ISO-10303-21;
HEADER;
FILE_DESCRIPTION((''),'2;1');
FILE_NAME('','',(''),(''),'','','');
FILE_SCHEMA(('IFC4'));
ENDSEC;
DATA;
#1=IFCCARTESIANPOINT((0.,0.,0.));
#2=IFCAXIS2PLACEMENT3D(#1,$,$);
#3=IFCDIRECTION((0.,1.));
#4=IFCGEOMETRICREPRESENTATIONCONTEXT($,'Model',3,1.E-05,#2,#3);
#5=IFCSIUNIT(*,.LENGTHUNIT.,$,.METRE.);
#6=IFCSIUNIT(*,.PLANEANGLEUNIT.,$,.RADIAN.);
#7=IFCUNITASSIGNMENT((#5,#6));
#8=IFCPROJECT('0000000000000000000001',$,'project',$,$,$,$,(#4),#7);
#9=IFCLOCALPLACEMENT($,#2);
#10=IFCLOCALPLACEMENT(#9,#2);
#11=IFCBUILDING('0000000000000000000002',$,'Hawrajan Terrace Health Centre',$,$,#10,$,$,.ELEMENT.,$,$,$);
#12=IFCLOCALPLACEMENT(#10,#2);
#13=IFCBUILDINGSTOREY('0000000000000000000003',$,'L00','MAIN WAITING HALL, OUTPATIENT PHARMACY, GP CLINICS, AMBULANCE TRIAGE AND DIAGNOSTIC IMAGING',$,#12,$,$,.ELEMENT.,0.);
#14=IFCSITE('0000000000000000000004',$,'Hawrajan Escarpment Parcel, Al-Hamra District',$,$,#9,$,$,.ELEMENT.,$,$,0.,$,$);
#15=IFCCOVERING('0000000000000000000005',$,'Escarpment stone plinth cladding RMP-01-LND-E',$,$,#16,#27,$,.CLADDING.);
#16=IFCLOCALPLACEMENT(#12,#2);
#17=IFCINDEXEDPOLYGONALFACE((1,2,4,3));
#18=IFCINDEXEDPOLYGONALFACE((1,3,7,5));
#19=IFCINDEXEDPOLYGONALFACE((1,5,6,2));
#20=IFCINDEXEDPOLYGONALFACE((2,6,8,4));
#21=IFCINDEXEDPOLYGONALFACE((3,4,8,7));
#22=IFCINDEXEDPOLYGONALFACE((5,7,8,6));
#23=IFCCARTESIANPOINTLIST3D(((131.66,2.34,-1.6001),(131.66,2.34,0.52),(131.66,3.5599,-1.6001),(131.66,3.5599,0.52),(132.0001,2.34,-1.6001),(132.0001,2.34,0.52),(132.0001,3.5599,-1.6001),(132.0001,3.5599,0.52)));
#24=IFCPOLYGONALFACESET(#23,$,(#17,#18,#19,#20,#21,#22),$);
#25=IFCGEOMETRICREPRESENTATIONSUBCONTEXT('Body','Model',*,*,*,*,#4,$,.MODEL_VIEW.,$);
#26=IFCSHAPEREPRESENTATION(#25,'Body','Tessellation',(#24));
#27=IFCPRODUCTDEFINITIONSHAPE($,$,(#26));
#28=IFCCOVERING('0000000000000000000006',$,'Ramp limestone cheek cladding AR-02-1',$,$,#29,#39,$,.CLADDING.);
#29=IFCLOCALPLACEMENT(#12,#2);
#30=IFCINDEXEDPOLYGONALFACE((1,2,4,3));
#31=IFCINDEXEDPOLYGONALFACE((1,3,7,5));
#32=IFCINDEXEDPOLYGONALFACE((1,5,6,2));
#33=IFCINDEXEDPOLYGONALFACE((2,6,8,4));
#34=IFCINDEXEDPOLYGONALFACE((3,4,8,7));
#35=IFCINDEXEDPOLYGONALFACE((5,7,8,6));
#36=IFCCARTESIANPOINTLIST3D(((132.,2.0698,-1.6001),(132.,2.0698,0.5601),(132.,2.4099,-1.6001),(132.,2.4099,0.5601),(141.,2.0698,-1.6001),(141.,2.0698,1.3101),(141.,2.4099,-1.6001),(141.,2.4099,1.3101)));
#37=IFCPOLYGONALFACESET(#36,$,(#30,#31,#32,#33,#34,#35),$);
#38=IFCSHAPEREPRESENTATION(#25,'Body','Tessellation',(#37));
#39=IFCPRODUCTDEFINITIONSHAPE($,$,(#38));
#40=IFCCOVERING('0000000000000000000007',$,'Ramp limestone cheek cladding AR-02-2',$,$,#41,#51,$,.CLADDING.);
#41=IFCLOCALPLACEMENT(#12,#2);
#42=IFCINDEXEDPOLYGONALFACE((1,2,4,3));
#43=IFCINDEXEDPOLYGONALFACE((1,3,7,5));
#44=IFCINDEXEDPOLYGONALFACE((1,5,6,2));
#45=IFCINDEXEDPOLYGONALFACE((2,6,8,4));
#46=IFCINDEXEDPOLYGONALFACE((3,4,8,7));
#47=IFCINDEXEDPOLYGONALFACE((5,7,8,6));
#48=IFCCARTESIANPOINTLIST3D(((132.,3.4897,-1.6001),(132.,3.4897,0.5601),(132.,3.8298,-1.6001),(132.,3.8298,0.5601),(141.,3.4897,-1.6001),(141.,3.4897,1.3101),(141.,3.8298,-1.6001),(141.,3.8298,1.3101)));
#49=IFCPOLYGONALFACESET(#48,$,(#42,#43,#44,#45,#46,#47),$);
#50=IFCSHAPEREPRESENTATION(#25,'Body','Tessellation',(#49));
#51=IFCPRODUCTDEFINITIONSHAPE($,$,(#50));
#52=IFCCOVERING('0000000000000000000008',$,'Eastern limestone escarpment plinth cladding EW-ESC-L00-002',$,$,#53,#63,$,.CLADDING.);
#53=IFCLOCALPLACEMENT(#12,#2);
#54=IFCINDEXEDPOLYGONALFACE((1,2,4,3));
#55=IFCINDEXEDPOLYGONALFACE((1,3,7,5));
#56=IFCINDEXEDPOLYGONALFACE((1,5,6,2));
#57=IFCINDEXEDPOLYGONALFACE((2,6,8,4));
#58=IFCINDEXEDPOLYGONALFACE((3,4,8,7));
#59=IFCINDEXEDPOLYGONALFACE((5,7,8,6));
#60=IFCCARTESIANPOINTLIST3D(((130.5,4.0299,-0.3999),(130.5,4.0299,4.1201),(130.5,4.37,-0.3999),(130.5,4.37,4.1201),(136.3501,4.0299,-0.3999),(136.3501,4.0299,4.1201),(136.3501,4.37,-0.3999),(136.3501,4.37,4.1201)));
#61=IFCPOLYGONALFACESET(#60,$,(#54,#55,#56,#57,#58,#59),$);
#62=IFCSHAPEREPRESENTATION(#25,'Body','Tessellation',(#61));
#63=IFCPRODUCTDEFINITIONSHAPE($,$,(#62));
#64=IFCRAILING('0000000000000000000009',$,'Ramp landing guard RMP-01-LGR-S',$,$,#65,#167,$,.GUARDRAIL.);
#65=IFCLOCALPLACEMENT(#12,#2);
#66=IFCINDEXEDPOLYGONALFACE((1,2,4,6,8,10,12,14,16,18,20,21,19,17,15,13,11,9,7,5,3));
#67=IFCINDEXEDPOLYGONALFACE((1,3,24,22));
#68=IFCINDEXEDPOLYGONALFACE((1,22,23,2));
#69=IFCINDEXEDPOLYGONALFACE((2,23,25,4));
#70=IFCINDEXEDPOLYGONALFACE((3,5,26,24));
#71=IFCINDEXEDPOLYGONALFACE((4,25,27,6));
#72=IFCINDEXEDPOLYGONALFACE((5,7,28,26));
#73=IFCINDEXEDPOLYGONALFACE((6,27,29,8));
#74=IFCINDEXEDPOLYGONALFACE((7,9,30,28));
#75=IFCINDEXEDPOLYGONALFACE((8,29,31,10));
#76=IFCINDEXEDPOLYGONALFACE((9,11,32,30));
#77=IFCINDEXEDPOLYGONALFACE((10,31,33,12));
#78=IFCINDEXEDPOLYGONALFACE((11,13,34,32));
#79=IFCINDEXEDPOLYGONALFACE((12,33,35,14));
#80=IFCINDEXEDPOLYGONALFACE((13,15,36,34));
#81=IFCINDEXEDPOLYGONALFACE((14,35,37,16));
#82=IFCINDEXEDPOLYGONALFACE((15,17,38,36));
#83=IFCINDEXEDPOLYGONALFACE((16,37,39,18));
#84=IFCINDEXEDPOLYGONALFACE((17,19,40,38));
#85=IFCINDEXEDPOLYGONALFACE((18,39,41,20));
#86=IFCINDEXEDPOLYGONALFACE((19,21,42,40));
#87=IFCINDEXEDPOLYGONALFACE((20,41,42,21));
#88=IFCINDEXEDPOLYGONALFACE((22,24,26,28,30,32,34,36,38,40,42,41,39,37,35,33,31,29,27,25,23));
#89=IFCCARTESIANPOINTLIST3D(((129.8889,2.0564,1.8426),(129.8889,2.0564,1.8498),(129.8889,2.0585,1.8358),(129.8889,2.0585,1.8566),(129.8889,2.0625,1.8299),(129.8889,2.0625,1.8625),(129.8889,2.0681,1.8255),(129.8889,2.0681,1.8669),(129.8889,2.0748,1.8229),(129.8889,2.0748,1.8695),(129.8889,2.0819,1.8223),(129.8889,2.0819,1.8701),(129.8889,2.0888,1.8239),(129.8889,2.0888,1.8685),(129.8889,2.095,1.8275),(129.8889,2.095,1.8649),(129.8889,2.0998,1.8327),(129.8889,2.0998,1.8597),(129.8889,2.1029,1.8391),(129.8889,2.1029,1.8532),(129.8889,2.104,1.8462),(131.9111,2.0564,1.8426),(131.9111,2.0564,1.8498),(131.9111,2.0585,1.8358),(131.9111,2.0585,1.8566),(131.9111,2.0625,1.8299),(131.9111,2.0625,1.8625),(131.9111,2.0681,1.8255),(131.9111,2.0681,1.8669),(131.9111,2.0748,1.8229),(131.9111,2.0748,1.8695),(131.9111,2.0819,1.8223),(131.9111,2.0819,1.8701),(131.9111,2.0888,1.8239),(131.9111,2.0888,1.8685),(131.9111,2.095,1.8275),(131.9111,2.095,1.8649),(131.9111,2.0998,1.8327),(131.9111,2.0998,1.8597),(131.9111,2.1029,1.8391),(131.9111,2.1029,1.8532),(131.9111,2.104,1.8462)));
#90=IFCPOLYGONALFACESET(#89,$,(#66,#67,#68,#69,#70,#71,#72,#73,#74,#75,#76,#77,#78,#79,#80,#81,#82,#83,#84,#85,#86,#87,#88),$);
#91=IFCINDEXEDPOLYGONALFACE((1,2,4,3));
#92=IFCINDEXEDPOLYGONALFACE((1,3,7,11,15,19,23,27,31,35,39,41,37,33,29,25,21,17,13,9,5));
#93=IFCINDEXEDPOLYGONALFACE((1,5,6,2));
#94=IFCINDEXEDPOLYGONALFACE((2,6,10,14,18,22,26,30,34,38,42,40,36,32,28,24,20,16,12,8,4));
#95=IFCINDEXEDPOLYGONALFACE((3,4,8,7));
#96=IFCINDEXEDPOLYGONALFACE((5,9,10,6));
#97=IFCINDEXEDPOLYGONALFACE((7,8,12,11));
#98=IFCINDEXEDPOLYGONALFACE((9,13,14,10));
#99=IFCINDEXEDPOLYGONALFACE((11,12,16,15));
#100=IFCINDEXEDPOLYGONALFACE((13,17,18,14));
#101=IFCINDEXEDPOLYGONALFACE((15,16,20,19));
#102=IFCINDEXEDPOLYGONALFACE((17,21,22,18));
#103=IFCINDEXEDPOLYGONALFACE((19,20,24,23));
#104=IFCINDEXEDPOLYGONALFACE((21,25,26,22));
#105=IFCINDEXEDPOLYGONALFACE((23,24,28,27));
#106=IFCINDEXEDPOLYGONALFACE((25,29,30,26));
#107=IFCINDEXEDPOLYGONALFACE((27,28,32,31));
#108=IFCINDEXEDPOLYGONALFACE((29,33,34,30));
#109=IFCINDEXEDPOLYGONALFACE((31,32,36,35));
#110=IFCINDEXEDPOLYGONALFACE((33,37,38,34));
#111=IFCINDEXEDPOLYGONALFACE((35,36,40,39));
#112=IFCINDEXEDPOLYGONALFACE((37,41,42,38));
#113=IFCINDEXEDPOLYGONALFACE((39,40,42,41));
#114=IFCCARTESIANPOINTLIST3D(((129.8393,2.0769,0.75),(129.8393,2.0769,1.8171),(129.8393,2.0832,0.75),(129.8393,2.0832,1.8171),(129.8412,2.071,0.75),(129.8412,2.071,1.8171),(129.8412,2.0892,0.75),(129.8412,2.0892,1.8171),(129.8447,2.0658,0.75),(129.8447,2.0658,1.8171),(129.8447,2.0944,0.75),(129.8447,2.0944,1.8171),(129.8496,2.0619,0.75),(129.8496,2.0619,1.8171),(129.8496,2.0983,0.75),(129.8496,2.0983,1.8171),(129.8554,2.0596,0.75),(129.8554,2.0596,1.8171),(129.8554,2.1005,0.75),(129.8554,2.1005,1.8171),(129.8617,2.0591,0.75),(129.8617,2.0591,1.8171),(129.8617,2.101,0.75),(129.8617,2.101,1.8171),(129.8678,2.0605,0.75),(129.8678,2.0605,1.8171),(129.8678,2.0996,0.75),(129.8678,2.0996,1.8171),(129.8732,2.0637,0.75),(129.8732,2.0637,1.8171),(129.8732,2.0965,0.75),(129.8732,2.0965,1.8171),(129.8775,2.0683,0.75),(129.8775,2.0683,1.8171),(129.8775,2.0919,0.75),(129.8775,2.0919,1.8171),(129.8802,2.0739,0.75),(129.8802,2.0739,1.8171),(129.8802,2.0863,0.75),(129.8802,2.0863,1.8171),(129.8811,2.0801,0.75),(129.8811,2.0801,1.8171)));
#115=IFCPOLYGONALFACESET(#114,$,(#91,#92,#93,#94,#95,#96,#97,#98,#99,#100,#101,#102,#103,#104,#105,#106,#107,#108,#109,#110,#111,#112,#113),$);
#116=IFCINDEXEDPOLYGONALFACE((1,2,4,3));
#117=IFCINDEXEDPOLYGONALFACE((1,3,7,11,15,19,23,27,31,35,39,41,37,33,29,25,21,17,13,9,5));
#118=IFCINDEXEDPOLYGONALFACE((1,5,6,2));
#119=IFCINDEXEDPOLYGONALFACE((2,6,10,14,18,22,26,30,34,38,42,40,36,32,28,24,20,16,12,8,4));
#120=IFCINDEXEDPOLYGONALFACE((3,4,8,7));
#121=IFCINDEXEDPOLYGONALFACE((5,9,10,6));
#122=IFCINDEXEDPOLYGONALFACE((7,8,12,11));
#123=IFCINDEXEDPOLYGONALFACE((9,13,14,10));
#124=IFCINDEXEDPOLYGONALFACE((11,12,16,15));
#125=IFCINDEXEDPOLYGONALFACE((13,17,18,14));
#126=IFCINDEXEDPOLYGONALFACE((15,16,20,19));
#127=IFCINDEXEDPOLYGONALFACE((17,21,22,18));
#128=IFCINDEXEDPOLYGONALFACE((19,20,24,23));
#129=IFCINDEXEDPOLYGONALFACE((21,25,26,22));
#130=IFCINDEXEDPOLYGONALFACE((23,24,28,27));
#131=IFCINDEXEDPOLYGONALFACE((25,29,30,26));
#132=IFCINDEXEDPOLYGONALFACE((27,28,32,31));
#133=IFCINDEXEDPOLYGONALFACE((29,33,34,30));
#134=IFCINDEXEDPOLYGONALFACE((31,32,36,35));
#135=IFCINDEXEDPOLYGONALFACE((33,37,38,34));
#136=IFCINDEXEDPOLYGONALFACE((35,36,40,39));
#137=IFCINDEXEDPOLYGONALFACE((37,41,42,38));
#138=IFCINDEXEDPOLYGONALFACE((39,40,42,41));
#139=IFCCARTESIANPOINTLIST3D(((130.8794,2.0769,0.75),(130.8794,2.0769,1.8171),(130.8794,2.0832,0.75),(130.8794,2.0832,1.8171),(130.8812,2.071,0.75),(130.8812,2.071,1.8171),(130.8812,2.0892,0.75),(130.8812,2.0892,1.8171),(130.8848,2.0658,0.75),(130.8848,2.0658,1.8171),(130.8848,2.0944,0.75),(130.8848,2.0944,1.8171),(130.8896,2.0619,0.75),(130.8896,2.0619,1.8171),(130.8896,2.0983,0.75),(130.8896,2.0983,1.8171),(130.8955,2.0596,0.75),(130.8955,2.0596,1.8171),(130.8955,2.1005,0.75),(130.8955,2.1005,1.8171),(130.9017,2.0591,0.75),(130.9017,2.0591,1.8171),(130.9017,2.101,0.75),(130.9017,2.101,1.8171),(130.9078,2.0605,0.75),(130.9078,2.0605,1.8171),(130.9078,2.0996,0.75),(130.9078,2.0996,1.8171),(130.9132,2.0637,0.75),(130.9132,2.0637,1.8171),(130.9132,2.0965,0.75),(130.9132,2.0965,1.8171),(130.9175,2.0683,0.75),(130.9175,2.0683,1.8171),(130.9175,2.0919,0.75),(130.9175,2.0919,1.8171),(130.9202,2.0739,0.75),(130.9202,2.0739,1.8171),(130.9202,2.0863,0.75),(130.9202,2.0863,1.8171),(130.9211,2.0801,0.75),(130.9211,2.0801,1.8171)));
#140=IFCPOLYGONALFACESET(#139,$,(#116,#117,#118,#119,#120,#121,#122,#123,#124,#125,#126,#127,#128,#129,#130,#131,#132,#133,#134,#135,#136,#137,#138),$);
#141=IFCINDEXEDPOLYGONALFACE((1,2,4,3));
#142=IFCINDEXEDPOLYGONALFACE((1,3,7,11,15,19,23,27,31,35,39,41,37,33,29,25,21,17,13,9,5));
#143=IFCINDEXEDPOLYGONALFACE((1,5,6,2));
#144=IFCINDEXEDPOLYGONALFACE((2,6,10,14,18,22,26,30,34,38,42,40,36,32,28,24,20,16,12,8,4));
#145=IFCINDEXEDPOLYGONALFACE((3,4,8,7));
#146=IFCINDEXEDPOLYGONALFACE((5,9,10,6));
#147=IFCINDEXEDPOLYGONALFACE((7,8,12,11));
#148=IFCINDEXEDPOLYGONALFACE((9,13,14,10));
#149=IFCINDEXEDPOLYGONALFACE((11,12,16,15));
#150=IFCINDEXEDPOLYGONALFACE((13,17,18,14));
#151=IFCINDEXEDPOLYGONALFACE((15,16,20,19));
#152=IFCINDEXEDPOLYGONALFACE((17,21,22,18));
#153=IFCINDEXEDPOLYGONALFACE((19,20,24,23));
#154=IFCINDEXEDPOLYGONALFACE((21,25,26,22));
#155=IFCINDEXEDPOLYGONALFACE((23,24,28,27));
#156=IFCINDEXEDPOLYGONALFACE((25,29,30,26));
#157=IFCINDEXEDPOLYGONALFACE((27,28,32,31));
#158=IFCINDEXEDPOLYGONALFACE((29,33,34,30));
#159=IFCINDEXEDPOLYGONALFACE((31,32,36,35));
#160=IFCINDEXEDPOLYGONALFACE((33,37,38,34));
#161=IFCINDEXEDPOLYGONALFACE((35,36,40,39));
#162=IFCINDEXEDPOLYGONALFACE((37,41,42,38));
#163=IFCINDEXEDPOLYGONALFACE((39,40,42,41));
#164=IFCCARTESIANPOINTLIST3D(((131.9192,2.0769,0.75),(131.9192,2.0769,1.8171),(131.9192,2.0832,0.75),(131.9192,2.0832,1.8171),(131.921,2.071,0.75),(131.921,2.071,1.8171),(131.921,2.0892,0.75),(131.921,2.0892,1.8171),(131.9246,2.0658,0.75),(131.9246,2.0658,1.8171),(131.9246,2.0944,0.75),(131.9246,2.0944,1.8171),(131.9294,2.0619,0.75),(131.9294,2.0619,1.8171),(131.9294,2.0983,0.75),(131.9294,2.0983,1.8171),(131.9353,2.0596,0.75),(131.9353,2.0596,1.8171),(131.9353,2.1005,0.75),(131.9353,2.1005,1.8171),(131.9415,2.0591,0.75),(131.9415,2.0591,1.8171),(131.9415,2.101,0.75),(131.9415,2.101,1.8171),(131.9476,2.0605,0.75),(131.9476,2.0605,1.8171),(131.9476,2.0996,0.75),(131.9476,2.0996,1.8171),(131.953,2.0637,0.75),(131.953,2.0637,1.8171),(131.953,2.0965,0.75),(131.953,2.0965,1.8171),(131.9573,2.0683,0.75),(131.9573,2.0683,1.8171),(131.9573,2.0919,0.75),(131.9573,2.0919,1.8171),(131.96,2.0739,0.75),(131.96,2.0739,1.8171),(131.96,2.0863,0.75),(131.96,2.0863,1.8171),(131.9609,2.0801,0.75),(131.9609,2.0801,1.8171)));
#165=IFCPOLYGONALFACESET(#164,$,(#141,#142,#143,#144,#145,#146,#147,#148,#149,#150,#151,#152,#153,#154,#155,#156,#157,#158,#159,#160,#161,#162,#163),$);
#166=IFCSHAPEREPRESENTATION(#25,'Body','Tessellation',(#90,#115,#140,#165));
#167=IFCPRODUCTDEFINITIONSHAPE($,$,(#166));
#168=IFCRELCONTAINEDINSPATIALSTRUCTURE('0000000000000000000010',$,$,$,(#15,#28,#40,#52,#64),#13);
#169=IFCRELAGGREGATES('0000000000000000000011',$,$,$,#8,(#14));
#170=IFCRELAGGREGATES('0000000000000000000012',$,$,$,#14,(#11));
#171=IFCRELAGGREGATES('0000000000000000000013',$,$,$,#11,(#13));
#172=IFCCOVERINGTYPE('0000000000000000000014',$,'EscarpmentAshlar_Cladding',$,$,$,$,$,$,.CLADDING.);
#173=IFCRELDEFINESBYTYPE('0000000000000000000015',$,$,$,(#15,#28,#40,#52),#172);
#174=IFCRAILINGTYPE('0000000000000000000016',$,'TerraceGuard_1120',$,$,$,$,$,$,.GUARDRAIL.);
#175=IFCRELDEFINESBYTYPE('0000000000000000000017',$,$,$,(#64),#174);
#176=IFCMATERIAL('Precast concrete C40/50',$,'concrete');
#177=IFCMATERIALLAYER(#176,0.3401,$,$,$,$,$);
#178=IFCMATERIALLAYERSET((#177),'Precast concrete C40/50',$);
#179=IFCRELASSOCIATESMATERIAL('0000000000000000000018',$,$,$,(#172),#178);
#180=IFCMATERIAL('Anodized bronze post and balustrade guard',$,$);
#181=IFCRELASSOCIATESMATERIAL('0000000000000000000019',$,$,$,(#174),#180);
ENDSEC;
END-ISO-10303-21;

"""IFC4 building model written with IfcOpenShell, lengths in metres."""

from ifc_helpers import new_model, si_unit, direction, frame, frame_2d, origin, origin_2d, place, context, subcontext, project, spatial, polyline, rectangle, circle, outline, extrude, material, layer, layer_set, type_object, element, save


model = new_model("IFC4")

# Units and contexts
model_context = context("Model", 3, precision=1e-05, world=origin(), true_north=direction((0.0, 1.0)))
body_context = subcontext(model_context, "Body", "Model", "MODEL_VIEW")
ifc_project = project(units=[si_unit("LENGTHUNIT", "METRE"), si_unit("PLANEANGLEUNIT", "RADIAN")], contexts=[model_context])

# Site, building, storey
site_placement = place(None, origin())
site = spatial("IfcSite", under=ifc_project, at=site_placement, Name="Hawrajan Escarpment Parcel, Al-Hamra District", CompositionType="ELEMENT", RefElevation=0.0)
building_placement = place(site_placement, origin())
building = spatial("IfcBuilding", under=site, at=building_placement, Name="Hawrajan Terrace Health Centre", CompositionType="ELEMENT")
storey_placement = place(building_placement, origin())
storey = spatial("IfcBuildingStorey", under=building, at=storey_placement, Name="L00", Description="MAIN WAITING HALL, OUTPATIENT PHARMACY, GP CLINICS, AMBULANCE TRIAGE AND DIAGNOSTIC IMAGING", CompositionType="ELEMENT", Elevation=0.0)

# Coverings
ifc_material_1 = material(Name="Precast concrete C40/50", Category="concrete")
ifc_layer_1 = layer(ifc_material_1, 0.3401)
ifc_layer_set_1 = layer_set([ifc_layer_1], Name="Precast concrete C40/50")
covering_type = type_object("IfcCoveringType", Name="EscarpmentAshlar_Cladding", PredefinedType="CLADDING", material=ifc_layer_set_1)
for number, where, z_axis, x_axis, name in (
    (1, (131.8301, 2.3401, -1.6001), (0.0, 0.0, 1.0), (0.0, 1.0, 0.0), "Escarpment stone plinth cladding RMP-01-LND-E"),
):
    element("IfcCovering", number, at=place(storey_placement, frame(where, z_axis=z_axis, x_axis=x_axis)), inside=storey, type_object=covering_type, Name=name, PredefinedType="CLADDING", context=body_context, shape_type="SweptSolid", body=[
        extrude(rectangle(XDim=1.22, YDim=0.3401, at=frame_2d((0.6099, 0.0))), origin(), (0.0, 0.0, 1.0), 2.1201),
    ])
for number, where, z_axis, x_axis, name in (
    (2, (132.0, 2.24, -1.6001), (0.0, 0.0, 1.0), (1.0, 0.0, 0.0), "Ramp limestone cheek cladding AR-02-1"),
    (3, (132.0, 3.6599, -1.6001), (0.0, 0.0, 1.0), (1.0, 0.0, 0.0), "Ramp limestone cheek cladding AR-02-2"),
):
    element("IfcCovering", number, at=place(storey_placement, frame(where, z_axis=z_axis, x_axis=x_axis)), inside=storey, type_object=covering_type, Name=name, PredefinedType="CLADDING", context=body_context, shape_type="SweptSolid", body=[
        extrude(outline(polyline([(0.0, 0.0), (9.0, 0.0), (9.0, 2.9102), (0.0, 2.1602), (0.0, 0.0)])), frame((0.0, 0.1699, 0.0), z_axis=(0.0, -1.0, 0.0), x_axis=(1.0, 0.0, 0.0)), (0.0, 0.0, 1.0), 0.3401),
    ])
covering_1_placement = place(storey_placement, frame((130.5, 4.2, -0.3999), z_axis=(0.0, 0.0, 1.0), x_axis=(1.0, 0.0, 0.0)))
element("IfcCovering", 4, at=covering_1_placement, inside=storey, type_object=covering_type, Name="Eastern limestone escarpment plinth cladding EW-ESC-L00-002", PredefinedType="CLADDING", context=body_context, shape_type="SweptSolid", body=[
    extrude(rectangle(XDim=5.8501, YDim=0.3401, at=frame_2d((2.925, 0.0))), origin(), (0.0, 0.0, 1.0), 4.52),
])

# Railing
ifc_material_2 = material(Name="Anodized bronze post and balustrade guard")
railing_type_1 = type_object("IfcRailingType", Name="TerraceGuard_1120", PredefinedType="GUARDRAIL", material=ifc_material_2)
for number, where, name in (
    (5, (129.8601, 2.0801, 0.75), "Ramp landing guard RMP-01-LGR-S"),
):
    element("IfcRailing", number, at=place(storey_placement, frame(where)), inside=storey, type_object=railing_type_1, Name=name, PredefinedType="GUARDRAIL", context=body_context, shape_type="SweptSolid", body=[
        extrude(circle(Radius=0.0239, at=origin_2d()), frame((0.0288, 0.0, 1.0962), z_axis=(1.0, 0.0, 0.0), x_axis=(0.0, 1.0, 0.0)), (0.0, 0.0, 1.0), 2.0222),
        extrude(circle(Radius=0.021, at=origin_2d()), origin(), (0.0, 0.0, 1.0), 1.0671),
        extrude(circle(Radius=0.021, at=origin_2d()), frame((1.04, 0.0, 0.0)), (0.0, 0.0, 1.0), 1.0671),
        extrude(circle(Radius=0.021, at=origin_2d()), frame((2.0798, 0.0, 0.0)), (0.0, 0.0, 1.0), 1.0671),
    ])

save(model, "model.ifc")
